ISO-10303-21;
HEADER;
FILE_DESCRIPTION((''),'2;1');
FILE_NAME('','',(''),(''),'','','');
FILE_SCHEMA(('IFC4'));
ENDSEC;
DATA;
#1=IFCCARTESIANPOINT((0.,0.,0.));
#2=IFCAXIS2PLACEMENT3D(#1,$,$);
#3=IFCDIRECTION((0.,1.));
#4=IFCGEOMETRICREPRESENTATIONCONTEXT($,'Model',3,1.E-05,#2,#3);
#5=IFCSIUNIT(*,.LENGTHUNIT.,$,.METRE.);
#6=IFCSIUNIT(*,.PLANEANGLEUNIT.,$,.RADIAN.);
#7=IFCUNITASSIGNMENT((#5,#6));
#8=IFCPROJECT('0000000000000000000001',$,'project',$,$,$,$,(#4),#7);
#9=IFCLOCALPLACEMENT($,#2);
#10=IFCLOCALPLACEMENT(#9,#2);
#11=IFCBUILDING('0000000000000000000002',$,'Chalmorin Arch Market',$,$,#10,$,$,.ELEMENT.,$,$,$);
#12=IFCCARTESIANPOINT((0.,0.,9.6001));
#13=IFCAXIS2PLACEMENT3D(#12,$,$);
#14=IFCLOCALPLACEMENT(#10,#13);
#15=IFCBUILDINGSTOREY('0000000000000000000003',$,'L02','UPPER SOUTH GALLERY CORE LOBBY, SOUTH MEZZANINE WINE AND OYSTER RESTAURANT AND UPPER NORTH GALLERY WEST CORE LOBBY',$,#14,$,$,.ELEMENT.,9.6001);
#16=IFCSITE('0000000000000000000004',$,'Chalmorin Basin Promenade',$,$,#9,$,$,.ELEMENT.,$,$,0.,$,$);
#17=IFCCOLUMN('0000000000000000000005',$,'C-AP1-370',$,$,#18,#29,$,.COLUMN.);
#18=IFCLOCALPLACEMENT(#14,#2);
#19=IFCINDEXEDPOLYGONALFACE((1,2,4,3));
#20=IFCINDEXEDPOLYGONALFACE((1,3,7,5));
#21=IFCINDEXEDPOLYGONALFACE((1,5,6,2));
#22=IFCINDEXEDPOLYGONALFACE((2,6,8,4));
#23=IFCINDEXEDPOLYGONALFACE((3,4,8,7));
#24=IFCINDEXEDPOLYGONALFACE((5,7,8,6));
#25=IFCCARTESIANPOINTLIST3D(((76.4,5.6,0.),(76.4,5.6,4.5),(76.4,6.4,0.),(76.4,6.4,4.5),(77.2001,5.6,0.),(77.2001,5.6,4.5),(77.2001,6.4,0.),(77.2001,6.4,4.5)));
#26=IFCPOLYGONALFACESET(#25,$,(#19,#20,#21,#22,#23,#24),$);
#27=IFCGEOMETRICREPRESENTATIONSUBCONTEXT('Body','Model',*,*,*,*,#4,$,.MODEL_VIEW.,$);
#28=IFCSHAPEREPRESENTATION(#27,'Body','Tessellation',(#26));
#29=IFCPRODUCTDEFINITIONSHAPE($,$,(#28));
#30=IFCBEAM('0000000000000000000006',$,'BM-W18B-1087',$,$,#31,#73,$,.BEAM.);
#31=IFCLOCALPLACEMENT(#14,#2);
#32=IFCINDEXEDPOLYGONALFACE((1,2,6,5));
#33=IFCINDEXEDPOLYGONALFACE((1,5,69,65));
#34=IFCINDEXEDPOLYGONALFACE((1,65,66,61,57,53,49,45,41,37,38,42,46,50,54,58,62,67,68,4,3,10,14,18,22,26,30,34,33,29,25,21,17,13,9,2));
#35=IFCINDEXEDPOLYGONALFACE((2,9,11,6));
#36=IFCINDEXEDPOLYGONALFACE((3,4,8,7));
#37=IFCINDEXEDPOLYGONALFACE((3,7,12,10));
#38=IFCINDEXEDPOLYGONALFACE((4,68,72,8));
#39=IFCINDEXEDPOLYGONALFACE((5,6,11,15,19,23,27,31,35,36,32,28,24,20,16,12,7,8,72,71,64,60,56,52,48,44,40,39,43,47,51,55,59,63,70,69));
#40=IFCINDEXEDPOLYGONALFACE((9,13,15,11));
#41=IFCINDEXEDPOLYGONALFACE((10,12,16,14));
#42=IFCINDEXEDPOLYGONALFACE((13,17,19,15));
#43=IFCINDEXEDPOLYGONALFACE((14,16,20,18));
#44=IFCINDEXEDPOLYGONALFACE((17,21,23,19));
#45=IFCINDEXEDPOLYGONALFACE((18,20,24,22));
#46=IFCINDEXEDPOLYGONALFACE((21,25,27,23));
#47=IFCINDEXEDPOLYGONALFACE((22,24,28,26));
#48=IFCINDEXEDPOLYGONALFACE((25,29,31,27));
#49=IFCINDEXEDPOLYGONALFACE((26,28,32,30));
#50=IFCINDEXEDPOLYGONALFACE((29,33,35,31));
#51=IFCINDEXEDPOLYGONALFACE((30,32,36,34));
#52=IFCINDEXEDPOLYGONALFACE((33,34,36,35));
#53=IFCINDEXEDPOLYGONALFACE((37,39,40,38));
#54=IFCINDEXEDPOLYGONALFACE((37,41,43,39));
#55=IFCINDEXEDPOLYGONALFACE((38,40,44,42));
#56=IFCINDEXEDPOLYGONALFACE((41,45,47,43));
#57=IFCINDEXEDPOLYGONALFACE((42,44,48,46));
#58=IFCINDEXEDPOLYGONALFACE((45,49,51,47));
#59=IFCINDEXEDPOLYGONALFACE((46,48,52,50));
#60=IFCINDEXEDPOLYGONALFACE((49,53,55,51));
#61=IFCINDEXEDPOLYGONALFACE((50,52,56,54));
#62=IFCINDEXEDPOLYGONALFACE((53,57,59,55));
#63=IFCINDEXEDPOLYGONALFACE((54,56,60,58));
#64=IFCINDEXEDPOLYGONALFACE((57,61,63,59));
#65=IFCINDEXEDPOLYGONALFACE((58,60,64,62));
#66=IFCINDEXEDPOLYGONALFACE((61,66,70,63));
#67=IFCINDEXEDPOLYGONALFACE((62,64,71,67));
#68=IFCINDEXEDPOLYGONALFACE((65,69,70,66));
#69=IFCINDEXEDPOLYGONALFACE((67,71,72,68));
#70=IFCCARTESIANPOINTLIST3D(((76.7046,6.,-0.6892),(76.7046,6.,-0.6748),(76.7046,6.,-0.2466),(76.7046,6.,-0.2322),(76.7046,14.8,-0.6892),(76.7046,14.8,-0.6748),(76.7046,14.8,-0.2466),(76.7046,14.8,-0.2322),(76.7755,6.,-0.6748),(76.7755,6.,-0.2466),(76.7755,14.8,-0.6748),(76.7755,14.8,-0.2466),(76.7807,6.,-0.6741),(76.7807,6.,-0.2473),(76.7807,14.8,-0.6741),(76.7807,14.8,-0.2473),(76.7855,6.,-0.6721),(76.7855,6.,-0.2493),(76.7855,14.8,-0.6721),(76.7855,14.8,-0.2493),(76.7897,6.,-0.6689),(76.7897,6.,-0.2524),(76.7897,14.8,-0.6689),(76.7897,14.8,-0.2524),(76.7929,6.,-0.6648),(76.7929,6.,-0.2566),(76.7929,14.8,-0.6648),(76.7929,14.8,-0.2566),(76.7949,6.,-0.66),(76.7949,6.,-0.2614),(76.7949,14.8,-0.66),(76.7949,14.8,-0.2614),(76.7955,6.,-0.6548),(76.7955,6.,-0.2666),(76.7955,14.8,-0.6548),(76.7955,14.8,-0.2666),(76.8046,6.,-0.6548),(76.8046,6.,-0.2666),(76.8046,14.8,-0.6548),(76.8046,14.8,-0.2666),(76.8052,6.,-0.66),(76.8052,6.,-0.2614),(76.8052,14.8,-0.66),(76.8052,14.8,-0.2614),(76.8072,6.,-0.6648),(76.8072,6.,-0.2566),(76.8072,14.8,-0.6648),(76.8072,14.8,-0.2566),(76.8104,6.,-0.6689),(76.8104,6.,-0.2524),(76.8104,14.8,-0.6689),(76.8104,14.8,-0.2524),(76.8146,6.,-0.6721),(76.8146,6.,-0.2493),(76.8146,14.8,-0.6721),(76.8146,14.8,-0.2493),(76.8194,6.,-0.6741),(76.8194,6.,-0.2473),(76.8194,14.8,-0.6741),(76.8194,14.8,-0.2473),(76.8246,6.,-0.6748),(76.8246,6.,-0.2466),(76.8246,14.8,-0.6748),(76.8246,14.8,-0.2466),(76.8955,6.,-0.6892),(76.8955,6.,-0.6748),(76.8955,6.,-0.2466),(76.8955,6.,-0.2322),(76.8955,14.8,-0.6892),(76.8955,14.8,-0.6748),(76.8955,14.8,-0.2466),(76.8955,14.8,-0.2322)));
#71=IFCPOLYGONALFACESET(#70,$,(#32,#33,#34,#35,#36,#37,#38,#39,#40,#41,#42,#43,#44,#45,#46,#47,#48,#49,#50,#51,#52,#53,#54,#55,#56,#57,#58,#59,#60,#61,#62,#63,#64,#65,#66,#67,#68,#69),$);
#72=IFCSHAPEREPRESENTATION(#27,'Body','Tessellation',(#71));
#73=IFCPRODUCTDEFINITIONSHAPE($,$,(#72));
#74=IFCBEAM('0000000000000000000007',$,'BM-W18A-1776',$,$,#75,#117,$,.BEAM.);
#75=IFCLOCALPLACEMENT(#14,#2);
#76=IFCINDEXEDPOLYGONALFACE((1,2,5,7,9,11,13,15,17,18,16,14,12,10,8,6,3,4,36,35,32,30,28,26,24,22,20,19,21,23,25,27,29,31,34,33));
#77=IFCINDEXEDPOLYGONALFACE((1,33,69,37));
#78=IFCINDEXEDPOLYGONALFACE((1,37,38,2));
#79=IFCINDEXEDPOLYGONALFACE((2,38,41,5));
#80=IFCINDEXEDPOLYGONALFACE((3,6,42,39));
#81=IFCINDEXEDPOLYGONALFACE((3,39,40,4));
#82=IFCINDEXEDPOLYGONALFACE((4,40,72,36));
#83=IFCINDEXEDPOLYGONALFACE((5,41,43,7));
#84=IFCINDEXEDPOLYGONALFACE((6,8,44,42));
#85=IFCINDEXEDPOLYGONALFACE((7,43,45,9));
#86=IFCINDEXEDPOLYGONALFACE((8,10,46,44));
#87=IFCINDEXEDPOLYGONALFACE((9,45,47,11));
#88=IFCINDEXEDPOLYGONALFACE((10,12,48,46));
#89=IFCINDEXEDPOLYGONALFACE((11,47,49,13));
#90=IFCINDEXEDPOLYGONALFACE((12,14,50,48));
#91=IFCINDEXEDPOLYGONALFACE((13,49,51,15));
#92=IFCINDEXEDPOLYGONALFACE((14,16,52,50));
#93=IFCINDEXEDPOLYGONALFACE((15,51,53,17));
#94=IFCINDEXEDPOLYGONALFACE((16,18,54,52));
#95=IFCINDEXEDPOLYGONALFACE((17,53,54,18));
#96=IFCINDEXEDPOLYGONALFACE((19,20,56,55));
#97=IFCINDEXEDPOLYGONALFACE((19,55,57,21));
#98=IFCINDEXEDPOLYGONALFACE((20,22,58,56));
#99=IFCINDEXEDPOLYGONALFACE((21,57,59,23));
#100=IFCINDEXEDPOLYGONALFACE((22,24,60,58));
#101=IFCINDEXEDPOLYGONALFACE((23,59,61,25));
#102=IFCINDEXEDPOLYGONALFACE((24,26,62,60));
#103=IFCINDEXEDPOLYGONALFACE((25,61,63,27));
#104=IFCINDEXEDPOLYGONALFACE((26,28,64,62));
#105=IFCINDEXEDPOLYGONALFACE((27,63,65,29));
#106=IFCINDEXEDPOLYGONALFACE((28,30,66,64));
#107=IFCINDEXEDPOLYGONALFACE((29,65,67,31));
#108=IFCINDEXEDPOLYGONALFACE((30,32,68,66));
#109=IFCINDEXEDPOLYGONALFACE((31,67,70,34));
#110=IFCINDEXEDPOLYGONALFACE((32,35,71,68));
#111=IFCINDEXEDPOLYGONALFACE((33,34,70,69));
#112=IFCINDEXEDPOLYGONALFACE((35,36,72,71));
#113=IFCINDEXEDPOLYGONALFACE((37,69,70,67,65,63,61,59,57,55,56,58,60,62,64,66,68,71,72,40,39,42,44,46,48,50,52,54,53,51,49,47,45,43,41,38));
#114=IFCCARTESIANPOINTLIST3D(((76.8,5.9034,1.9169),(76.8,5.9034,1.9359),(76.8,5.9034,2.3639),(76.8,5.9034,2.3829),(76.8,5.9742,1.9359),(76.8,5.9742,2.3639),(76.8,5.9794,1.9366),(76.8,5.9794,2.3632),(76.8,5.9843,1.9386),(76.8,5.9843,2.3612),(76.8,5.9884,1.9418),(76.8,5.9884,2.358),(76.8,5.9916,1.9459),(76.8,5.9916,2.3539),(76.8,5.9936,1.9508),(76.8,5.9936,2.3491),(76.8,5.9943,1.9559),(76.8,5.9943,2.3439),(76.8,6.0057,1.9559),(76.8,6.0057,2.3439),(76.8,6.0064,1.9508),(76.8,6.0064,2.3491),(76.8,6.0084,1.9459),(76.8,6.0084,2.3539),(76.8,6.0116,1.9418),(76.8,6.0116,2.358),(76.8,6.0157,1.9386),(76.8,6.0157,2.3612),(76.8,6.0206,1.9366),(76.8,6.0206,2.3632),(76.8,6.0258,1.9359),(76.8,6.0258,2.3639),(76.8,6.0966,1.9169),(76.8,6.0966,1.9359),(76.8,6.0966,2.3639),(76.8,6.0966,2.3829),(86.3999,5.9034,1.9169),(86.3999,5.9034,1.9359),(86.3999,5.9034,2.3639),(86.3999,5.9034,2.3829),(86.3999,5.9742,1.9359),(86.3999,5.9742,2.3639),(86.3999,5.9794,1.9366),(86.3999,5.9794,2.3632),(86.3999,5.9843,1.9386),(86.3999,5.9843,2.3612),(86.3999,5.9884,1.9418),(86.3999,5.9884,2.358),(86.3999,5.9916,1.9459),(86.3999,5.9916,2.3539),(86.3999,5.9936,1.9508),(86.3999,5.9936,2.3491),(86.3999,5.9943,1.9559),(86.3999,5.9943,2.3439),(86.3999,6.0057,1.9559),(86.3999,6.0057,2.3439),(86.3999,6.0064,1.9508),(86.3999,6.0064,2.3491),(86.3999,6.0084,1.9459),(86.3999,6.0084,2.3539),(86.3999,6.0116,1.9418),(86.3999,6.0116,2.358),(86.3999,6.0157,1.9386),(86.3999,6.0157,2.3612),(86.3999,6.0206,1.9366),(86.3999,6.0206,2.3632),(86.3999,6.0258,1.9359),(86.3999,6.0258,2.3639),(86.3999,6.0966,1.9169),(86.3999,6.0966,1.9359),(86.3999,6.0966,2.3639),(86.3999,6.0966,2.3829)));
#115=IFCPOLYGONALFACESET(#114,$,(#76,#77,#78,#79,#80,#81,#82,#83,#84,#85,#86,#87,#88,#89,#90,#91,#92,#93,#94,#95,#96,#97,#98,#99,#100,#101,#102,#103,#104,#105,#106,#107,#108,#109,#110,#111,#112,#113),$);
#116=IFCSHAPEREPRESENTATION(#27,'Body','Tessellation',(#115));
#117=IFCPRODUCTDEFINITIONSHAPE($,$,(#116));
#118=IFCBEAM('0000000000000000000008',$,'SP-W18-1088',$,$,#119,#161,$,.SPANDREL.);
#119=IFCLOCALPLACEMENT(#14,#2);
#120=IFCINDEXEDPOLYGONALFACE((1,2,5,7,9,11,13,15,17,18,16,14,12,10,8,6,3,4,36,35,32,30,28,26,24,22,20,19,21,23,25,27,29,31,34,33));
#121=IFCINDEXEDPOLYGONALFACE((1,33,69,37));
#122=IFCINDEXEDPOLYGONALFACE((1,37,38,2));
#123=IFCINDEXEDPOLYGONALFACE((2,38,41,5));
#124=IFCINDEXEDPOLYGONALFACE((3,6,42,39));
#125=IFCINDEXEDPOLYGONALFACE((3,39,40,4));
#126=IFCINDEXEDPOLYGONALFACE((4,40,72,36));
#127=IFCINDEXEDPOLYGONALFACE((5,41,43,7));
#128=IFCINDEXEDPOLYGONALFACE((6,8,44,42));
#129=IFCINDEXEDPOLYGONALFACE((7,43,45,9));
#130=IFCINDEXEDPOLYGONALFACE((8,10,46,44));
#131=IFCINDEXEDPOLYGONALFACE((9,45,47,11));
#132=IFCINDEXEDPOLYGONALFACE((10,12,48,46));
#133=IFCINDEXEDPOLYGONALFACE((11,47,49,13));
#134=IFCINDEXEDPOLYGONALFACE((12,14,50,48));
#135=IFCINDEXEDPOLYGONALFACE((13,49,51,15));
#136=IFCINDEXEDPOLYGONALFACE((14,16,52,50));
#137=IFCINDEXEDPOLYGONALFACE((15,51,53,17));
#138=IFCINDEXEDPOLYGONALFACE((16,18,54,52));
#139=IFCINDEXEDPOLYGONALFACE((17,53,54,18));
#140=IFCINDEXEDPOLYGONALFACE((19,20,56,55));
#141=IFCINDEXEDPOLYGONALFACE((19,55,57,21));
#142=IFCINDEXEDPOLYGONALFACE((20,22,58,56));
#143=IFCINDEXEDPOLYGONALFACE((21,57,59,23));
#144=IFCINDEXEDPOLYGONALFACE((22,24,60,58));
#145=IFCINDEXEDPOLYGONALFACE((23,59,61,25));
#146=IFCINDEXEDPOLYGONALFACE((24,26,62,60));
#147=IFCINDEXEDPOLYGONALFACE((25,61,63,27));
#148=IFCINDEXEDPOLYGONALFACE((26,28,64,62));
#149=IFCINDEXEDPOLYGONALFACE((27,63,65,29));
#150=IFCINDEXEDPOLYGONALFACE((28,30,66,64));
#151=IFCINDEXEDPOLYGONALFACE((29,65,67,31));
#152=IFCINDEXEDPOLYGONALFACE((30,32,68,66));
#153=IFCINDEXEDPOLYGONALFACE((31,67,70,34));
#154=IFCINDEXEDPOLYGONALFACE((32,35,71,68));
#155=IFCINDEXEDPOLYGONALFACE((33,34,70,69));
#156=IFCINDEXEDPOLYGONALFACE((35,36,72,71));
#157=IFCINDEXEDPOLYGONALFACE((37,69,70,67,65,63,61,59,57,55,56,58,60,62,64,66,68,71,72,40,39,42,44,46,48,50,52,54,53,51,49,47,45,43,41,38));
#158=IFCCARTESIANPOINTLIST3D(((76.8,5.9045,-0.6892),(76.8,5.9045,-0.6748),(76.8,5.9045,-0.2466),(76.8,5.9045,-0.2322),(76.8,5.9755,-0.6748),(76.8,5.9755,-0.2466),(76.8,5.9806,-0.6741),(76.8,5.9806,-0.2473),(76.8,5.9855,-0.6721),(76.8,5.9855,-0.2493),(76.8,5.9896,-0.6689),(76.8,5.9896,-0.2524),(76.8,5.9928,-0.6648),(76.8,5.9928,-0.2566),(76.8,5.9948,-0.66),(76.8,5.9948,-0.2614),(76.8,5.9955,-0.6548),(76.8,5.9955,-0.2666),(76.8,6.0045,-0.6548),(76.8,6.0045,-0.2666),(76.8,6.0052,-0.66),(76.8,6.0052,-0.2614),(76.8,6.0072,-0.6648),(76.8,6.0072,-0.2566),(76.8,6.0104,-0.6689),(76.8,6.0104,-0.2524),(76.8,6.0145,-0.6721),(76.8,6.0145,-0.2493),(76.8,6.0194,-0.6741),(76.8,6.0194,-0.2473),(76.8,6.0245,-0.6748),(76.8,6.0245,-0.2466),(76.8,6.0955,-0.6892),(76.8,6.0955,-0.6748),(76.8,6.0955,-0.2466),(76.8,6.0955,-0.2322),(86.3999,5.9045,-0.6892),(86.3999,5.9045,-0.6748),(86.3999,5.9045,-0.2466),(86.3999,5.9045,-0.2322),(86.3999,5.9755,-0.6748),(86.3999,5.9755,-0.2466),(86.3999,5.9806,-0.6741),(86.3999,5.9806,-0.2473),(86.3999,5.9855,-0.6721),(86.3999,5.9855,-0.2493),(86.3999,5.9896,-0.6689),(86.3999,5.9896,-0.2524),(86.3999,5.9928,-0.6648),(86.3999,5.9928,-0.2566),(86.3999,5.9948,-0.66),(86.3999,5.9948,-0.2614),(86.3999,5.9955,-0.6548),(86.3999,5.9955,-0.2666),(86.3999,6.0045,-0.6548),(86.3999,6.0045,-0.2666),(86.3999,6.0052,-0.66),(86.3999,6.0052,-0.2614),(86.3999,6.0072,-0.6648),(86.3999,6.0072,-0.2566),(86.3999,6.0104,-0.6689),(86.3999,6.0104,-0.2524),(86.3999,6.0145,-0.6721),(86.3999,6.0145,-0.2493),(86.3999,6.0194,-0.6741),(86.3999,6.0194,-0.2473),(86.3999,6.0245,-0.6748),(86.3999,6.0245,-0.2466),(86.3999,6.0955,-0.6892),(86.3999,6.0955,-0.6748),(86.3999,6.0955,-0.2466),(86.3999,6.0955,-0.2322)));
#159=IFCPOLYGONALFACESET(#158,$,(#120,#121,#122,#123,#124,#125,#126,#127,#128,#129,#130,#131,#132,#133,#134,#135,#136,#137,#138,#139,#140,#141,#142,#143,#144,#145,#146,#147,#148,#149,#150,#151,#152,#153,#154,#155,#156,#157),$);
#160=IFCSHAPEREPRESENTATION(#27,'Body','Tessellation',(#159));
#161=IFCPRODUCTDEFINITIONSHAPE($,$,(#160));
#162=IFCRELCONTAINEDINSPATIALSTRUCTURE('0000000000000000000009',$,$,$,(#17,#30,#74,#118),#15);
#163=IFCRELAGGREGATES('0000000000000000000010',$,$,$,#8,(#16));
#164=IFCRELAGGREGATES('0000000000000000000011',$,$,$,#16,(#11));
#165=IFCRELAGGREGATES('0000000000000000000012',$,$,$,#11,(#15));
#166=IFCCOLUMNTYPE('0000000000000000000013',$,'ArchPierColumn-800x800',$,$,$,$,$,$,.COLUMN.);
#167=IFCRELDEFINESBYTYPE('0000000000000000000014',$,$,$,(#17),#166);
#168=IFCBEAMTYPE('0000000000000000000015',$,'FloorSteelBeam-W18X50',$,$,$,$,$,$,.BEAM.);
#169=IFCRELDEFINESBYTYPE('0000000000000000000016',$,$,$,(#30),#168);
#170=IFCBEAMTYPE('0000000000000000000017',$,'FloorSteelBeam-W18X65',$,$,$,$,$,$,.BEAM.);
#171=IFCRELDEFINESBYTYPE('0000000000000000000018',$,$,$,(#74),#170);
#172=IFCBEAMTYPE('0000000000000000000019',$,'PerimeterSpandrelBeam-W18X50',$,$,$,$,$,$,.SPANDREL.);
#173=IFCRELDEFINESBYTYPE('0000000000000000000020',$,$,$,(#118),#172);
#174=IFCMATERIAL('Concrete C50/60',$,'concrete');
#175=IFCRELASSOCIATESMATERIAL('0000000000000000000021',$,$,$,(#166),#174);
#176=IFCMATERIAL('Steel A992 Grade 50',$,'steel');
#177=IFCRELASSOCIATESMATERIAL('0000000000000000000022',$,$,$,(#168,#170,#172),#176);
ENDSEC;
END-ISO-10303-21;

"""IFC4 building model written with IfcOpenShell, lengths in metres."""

from ifc_helpers import new_model, si_unit, direction, frame, origin, origin_2d, place, context, subcontext, project, spatial, rectangle, i_section, extrude, material, material_profile, profile_set, type_object, element, save


model = new_model("IFC4")

# Units and contexts
model_context = context("Model", 3, precision=1e-05, world=origin(), true_north=direction((0.0, 1.0)))
body_context = subcontext(model_context, "Body", "Model", "MODEL_VIEW")
ifc_project = project(units=[si_unit("LENGTHUNIT", "METRE"), si_unit("PLANEANGLEUNIT", "RADIAN")], contexts=[model_context])

# Site, building, storey
site_placement = place(None, origin())
site = spatial("IfcSite", under=ifc_project, at=site_placement, Name="Chalmorin Basin Promenade", CompositionType="ELEMENT", RefElevation=0.0)
building_placement = place(site_placement, origin())
building = spatial("IfcBuilding", under=site, at=building_placement, Name="Chalmorin Arch Market", CompositionType="ELEMENT")
storey_placement = place(building_placement, frame((0.0, 0.0, 9.6001)))
storey = spatial("IfcBuildingStorey", under=building, at=storey_placement, Name="L02", Description="UPPER SOUTH GALLERY CORE LOBBY, SOUTH MEZZANINE WINE AND OYSTER RESTAURANT AND UPPER NORTH GALLERY WEST CORE LOBBY", CompositionType="ELEMENT", Elevation=9.6001)

# Column
ifc_material_1 = material(Name="Concrete C50/60", Category="concrete")
ifc_material_profile_1 = material_profile(ifc_material_1, rectangle(XDim=0.8, YDim=0.8, at=origin_2d()), Name="RC800X800")
ifc_profile_set_1 = profile_set([ifc_material_profile_1], Name="Concrete C50/60")
column_type = type_object("IfcColumnType", Name="ArchPierColumn-800x800", PredefinedType="COLUMN", material=ifc_profile_set_1)
column_placement = place(storey_placement, frame((76.8, 6.0, 0.0), z_axis=(0.0, 0.0, 1.0), x_axis=(1.0, 0.0, 0.0)))
element("IfcColumn", 1, at=column_placement, inside=storey, type_object=column_type, Name="C-AP1-370", PredefinedType="COLUMN", context=body_context, shape_type="SweptSolid", body=[
    extrude(rectangle(XDim=0.8, YDim=0.8, at=origin_2d()), origin(), (0.0, 0.0, 1.0), 4.5),
])

# Beams
ifc_material_2 = material(Name="Steel A992 Grade 50", Category="steel")
ifc_material_profile_2 = material_profile(ifc_material_2, i_section(OverallWidth=0.1909, OverallDepth=0.457, WebThickness=0.009, FlangeThickness=0.0144, FilletRadius=0.02, at=origin_2d()), Name="W18X50")
ifc_profile_set_2 = profile_set([ifc_material_profile_2], Name="Steel A992 Grade 50")
beam_type_1 = type_object("IfcBeamType", Name="FloorSteelBeam-W18X50", PredefinedType="BEAM", material=ifc_profile_set_2)
beam_1_placement = place(storey_placement, frame((76.8, 6.0, -0.4607), z_axis=(0.0, 1.0, 0.0), x_axis=(-1.0, 0.0, 0.0)))
element("IfcBeam", 2, at=beam_1_placement, inside=storey, type_object=beam_type_1, Name="BM-W18B-1087", PredefinedType="BEAM", context=body_context, shape_type="SweptSolid", body=[
    extrude(i_section(OverallWidth=0.1909, OverallDepth=0.457, WebThickness=0.009, FlangeThickness=0.0144, FilletRadius=0.02, at=origin_2d()), origin(), (0.0, 0.0, 1.0), 8.8),
])
ifc_material_profile_3 = material_profile(ifc_material_2, i_section(OverallWidth=0.1931, OverallDepth=0.4661, WebThickness=0.0115, FlangeThickness=0.019, FilletRadius=0.02, at=origin_2d()), Name="W18X65")
ifc_profile_set_3 = profile_set([ifc_material_profile_3], Name="Steel A992 Grade 50")
beam_type_2 = type_object("IfcBeamType", Name="FloorSteelBeam-W18X65", PredefinedType="BEAM", material=ifc_profile_set_3)
beam_2_placement = place(storey_placement, frame((76.8, 6.0, 2.1499), z_axis=(1.0, 0.0, 0.0), x_axis=(0.0, 1.0, 0.0)))
element("IfcBeam", 3, at=beam_2_placement, inside=storey, type_object=beam_type_2, Name="BM-W18A-1776", PredefinedType="BEAM", context=body_context, shape_type="SweptSolid", body=[
    extrude(i_section(OverallWidth=0.1931, OverallDepth=0.4661, WebThickness=0.0115, FlangeThickness=0.019, FilletRadius=0.02, at=origin_2d()), origin(), (0.0, 0.0, 1.0), 9.5999),
])
ifc_material_profile_4 = material_profile(ifc_material_2, i_section(OverallWidth=0.1909, OverallDepth=0.457, WebThickness=0.009, FlangeThickness=0.0144, FilletRadius=0.02, at=origin_2d()), Name="W18X50")
ifc_profile_set_4 = profile_set([ifc_material_profile_4], Name="Steel A992 Grade 50")
beam_type_3 = type_object("IfcBeamType", Name="PerimeterSpandrelBeam-W18X50", PredefinedType="SPANDREL", material=ifc_profile_set_4)
beam_3_placement = place(storey_placement, frame((76.8, 6.0, -0.4607), z_axis=(1.0, 0.0, 0.0), x_axis=(0.0, 1.0, 0.0)))
element("IfcBeam", 4, at=beam_3_placement, inside=storey, type_object=beam_type_3, Name="SP-W18-1088", PredefinedType="SPANDREL", context=body_context, shape_type="SweptSolid", body=[
    extrude(i_section(OverallWidth=0.1909, OverallDepth=0.457, WebThickness=0.009, FlangeThickness=0.0144, FilletRadius=0.02, at=origin_2d()), origin(), (0.0, 0.0, 1.0), 9.5999),
])

save(model, "model.ifc")
